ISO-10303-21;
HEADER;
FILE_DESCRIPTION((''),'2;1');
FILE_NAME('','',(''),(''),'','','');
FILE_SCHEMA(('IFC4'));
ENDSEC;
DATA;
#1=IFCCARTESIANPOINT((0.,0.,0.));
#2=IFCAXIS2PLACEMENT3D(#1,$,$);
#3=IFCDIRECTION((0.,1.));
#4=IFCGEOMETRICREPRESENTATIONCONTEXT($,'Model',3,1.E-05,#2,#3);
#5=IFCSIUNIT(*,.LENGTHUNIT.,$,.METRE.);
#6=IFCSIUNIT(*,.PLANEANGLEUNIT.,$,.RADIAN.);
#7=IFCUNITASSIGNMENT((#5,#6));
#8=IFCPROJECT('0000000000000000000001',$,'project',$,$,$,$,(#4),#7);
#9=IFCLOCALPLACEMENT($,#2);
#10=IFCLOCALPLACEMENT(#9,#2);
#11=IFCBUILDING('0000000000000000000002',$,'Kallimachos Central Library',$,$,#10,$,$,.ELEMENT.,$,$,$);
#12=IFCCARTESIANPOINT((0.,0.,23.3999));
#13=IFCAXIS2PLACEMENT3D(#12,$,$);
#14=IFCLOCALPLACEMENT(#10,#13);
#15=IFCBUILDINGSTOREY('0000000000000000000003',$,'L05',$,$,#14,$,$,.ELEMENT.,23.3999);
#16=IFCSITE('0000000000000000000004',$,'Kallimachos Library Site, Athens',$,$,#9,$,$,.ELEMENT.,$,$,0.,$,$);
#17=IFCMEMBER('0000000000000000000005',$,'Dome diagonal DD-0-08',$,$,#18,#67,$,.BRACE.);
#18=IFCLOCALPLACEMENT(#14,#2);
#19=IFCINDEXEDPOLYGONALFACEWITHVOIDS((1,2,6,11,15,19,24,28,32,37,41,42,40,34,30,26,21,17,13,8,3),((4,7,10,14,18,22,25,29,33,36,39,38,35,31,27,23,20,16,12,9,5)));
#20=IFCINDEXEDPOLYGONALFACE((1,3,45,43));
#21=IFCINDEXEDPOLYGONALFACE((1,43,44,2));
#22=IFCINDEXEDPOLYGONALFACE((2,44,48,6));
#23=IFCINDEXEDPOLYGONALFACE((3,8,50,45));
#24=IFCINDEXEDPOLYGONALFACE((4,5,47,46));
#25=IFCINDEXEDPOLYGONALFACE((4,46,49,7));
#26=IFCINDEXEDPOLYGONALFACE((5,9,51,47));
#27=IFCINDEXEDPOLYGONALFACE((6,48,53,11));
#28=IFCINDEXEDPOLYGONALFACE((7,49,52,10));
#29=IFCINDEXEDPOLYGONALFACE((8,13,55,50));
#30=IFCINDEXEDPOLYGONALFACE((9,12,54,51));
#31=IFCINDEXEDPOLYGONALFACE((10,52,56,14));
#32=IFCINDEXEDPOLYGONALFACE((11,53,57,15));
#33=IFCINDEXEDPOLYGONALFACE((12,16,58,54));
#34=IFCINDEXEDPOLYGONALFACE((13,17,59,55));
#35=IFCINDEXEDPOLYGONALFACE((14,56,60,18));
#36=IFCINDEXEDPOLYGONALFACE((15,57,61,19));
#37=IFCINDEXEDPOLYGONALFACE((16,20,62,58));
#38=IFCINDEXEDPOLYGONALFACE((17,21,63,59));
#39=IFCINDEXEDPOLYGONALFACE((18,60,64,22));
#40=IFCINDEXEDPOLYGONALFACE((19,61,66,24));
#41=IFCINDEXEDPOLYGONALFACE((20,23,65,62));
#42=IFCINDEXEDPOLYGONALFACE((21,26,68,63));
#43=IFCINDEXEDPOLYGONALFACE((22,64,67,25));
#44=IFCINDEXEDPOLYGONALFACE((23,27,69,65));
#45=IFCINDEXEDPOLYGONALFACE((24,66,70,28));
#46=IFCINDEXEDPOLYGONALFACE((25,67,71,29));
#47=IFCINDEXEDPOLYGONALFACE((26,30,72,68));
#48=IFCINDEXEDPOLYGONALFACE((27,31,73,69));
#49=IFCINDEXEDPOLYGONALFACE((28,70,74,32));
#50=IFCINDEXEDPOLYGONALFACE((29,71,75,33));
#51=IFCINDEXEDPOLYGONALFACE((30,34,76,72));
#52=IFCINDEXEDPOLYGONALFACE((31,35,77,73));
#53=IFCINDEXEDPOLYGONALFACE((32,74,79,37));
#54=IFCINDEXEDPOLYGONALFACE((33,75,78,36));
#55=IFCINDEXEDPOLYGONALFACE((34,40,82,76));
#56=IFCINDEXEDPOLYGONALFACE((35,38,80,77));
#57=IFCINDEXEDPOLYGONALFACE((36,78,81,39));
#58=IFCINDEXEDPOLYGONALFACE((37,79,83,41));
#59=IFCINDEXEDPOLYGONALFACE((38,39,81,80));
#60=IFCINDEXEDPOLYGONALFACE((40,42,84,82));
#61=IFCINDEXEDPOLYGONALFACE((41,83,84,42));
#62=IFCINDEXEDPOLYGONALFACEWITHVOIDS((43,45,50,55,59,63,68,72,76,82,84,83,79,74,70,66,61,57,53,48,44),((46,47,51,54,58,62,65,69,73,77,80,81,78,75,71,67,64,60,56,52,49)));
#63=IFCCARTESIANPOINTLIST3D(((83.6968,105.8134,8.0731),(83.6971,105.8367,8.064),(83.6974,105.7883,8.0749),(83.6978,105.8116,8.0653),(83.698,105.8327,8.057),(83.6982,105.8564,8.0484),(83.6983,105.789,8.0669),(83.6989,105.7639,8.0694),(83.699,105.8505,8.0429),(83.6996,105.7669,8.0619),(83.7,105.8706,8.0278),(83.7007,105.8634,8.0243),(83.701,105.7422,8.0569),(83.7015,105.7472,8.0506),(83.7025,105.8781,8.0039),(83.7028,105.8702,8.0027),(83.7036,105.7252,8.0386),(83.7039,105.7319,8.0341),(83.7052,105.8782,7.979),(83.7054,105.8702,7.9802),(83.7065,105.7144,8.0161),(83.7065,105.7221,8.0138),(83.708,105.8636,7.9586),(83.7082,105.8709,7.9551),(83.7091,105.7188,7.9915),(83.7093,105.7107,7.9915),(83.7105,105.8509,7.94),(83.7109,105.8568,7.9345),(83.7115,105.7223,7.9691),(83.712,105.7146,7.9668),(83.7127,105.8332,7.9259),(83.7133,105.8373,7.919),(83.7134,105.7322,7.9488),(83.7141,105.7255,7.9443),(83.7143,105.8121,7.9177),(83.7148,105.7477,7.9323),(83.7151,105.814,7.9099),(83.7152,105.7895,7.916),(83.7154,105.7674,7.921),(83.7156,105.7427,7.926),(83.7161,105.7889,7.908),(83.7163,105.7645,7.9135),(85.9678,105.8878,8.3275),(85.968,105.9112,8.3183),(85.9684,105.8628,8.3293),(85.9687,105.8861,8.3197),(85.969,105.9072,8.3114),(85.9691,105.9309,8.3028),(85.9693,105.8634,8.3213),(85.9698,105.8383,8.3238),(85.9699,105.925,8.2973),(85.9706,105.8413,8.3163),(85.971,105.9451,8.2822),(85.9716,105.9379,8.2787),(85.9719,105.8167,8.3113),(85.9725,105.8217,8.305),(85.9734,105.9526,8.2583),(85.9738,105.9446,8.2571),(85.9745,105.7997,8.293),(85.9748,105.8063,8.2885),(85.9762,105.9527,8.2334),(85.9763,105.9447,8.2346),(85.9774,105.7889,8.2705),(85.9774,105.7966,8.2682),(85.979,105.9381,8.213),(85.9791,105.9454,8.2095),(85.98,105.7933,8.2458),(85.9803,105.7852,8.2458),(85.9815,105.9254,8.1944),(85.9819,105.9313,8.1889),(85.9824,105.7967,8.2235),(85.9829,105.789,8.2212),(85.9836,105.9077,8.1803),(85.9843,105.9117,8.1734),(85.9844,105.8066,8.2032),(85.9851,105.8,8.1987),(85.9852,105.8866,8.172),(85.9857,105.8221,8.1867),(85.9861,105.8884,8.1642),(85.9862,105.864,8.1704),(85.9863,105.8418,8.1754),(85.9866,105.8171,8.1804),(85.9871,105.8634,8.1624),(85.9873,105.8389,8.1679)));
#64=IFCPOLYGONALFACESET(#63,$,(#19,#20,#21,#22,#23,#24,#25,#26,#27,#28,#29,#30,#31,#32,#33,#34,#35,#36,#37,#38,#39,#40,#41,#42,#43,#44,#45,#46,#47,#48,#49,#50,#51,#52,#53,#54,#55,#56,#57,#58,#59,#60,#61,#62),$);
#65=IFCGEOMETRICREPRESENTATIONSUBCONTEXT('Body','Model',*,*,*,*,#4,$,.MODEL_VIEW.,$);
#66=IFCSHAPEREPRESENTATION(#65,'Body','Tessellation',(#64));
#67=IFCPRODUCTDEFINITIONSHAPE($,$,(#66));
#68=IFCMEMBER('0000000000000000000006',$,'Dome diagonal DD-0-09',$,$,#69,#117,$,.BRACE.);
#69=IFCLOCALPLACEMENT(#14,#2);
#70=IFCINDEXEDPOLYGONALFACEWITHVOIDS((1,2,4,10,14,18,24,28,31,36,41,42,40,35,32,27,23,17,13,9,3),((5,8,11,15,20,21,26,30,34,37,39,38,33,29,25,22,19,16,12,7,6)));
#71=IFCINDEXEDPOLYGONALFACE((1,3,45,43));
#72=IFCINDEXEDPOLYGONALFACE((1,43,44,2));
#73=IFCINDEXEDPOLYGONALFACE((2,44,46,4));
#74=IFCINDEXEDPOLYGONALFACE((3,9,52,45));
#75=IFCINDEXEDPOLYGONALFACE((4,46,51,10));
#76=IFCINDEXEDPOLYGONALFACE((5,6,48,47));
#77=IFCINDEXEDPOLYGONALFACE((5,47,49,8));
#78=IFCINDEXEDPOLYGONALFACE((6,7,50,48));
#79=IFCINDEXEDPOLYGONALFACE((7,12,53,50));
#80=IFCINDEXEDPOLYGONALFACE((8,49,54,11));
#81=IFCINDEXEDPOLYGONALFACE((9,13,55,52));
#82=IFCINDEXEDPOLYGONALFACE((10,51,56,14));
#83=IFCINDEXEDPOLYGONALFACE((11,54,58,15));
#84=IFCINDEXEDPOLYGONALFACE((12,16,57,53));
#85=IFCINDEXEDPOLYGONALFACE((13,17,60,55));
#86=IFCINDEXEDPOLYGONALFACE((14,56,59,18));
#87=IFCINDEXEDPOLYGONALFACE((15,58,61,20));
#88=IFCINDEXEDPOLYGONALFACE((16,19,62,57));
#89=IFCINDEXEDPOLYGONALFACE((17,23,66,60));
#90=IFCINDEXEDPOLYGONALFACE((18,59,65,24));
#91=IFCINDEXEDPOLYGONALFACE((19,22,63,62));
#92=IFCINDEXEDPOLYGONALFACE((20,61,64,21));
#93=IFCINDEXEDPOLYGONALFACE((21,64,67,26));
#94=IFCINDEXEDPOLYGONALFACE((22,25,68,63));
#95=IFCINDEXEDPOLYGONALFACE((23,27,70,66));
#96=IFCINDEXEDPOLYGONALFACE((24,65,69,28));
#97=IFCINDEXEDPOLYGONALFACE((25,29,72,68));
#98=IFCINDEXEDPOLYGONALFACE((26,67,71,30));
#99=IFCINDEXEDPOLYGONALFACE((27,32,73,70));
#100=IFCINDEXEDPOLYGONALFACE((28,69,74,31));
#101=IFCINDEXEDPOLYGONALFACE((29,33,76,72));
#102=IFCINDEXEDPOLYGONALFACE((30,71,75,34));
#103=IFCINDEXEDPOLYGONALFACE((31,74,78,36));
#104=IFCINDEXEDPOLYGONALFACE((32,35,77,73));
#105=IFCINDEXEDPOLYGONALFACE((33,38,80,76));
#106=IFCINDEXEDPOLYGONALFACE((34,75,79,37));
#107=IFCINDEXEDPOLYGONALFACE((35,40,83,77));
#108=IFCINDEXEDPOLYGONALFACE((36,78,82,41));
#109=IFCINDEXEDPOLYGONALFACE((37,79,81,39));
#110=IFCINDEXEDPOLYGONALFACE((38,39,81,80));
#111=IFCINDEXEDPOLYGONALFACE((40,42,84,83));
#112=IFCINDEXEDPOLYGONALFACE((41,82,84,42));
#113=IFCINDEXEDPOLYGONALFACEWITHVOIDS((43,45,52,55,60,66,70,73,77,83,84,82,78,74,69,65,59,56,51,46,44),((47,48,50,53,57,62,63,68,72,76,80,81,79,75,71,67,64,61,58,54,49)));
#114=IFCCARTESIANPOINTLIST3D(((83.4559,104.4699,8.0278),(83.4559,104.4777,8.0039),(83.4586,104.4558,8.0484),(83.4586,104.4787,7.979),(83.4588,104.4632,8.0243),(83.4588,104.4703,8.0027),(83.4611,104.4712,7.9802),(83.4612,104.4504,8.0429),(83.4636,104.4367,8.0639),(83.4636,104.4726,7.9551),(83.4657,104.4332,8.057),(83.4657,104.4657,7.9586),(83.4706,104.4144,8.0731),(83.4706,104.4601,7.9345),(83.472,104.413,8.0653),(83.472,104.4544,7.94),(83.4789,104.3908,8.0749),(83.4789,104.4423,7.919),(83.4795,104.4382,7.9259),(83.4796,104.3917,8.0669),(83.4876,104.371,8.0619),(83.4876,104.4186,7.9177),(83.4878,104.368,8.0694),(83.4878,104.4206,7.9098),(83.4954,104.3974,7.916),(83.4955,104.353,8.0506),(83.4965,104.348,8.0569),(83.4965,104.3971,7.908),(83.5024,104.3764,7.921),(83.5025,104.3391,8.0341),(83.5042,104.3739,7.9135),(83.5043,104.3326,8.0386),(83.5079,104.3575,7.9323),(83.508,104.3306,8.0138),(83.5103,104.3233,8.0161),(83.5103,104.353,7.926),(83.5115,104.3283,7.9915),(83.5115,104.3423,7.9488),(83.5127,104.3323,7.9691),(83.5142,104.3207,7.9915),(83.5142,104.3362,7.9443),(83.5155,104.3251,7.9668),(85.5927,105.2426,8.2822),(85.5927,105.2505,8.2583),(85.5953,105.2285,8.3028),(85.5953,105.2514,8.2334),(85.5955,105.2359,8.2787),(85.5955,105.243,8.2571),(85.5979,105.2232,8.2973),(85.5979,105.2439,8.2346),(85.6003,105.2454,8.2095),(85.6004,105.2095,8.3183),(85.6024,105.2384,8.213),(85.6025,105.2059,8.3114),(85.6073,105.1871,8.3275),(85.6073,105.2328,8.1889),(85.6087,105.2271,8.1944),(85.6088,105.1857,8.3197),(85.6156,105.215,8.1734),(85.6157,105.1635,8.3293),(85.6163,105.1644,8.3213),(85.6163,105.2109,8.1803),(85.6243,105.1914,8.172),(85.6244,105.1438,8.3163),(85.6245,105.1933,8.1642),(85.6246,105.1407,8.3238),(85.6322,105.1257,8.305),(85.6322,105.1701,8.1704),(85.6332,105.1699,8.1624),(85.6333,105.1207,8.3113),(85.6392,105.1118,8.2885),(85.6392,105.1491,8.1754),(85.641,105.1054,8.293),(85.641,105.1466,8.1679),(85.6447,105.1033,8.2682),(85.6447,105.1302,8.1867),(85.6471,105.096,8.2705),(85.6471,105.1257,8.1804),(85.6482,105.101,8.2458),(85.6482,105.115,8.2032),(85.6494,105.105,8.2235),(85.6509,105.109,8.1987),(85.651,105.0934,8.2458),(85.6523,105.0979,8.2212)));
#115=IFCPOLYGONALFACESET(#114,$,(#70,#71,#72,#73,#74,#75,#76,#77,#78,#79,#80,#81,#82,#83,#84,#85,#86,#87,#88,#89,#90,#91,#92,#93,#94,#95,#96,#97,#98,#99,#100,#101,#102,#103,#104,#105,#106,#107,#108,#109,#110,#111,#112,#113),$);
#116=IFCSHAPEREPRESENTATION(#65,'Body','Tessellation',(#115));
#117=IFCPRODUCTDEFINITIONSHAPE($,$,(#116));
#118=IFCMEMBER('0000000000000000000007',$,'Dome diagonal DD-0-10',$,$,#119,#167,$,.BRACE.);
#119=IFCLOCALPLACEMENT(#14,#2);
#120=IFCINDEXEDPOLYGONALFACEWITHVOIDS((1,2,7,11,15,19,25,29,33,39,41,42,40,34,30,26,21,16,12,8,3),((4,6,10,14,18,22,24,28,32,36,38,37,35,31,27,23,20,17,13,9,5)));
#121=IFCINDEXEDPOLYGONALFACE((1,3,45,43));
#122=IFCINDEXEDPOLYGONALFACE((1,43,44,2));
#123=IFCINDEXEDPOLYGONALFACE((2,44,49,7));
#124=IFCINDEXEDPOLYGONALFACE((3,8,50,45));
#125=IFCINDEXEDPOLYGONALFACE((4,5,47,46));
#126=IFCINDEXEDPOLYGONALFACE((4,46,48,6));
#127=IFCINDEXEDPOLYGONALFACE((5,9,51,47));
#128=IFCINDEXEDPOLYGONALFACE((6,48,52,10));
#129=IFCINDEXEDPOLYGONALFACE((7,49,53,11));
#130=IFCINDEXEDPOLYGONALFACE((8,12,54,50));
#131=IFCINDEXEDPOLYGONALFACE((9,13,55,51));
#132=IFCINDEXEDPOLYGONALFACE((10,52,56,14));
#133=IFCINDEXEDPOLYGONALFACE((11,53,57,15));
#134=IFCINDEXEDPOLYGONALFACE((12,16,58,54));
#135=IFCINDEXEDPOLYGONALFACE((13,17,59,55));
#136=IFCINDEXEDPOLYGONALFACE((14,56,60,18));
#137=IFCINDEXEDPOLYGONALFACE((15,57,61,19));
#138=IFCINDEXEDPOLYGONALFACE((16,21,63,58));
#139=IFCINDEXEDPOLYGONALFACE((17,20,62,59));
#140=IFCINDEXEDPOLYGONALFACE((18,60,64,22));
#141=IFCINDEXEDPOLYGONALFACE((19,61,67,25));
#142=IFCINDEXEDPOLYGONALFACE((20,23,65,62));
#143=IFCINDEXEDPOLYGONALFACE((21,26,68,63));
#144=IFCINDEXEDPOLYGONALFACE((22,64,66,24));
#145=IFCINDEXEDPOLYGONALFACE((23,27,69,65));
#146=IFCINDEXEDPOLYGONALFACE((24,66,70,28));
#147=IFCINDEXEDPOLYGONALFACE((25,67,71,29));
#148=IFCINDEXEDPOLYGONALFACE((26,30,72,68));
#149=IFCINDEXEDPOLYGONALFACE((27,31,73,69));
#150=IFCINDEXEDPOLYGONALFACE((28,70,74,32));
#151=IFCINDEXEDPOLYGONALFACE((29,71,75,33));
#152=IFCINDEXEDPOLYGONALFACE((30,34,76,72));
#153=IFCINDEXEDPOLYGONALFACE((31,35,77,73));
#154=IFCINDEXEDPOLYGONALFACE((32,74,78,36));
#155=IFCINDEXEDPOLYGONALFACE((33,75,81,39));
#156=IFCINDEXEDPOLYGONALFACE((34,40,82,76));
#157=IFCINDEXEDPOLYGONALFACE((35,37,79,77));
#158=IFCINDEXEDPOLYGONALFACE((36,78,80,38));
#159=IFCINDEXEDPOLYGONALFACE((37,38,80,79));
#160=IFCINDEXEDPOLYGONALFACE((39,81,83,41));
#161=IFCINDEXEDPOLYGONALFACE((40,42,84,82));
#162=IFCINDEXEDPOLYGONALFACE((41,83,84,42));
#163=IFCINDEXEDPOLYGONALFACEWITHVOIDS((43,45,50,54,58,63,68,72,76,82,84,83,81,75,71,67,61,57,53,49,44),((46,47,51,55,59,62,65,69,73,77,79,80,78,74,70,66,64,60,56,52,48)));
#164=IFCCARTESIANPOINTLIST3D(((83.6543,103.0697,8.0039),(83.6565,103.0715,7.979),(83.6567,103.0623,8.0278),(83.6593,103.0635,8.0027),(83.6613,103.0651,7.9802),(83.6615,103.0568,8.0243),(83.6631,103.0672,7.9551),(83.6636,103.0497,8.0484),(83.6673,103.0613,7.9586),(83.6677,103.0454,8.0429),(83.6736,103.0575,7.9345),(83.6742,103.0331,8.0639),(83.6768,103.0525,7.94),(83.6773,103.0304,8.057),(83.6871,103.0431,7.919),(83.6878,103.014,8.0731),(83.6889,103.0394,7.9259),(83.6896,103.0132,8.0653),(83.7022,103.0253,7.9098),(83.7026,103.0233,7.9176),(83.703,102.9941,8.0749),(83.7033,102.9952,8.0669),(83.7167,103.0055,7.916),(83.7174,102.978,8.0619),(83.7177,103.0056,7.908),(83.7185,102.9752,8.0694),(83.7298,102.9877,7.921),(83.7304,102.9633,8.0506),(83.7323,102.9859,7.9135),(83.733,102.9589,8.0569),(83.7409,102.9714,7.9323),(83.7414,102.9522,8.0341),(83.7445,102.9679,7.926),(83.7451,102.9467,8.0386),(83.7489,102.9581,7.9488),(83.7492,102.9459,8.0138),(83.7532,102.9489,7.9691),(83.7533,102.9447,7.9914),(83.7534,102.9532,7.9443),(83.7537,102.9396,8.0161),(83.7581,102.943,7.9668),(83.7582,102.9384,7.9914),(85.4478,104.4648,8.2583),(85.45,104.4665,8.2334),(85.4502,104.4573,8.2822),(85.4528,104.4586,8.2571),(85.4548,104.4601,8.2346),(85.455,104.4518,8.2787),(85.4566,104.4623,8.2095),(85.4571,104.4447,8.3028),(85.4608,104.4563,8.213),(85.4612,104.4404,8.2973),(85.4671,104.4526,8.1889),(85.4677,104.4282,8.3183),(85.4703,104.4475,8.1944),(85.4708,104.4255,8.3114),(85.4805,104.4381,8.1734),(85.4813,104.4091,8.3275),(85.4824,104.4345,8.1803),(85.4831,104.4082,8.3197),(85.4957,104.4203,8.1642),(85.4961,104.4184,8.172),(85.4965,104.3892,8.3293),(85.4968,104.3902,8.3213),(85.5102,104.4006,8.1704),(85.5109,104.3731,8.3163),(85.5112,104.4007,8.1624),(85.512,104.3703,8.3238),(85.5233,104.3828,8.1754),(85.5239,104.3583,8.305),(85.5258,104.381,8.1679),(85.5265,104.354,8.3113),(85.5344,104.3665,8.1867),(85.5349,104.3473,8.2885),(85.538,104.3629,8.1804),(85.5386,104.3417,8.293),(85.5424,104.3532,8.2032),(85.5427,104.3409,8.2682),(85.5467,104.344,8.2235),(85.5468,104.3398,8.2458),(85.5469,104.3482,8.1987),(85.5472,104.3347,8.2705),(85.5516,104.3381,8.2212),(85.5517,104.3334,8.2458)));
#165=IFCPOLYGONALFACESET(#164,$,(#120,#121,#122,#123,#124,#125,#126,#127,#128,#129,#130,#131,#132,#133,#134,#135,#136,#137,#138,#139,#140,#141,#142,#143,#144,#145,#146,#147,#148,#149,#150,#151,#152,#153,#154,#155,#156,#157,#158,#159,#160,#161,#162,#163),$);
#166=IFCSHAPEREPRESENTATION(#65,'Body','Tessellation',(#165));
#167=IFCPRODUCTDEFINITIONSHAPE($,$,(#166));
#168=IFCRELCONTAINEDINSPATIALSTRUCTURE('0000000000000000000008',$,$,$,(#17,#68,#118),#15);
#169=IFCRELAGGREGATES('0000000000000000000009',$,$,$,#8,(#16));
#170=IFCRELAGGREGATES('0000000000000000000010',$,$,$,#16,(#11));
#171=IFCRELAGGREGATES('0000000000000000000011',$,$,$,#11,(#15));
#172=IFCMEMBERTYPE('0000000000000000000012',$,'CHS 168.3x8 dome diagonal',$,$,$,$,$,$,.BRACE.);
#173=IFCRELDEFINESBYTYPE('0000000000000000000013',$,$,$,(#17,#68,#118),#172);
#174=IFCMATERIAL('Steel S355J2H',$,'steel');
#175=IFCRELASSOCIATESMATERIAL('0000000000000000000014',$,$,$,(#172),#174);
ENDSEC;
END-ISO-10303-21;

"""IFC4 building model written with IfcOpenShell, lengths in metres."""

from ifc_helpers import new_model, si_unit, direction, frame, origin, origin_2d, place, context, subcontext, project, spatial, hollow_circle, extrude, material, material_profile, profile_set, type_object, element, save


model = new_model("IFC4")

# Units and contexts
model_context = context("Model", 3, precision=1e-05, world=origin(), true_north=direction((0.0, 1.0)))
body_context = subcontext(model_context, "Body", "Model", "MODEL_VIEW")
ifc_project = project(units=[si_unit("LENGTHUNIT", "METRE"), si_unit("PLANEANGLEUNIT", "RADIAN")], contexts=[model_context])

# Site, building, storey
site_placement = place(None, origin())
site = spatial("IfcSite", under=ifc_project, at=site_placement, Name="Kallimachos Library Site, Athens", CompositionType="ELEMENT", RefElevation=0.0)
building_placement = place(site_placement, origin())
building = spatial("IfcBuilding", under=site, at=building_placement, Name="Kallimachos Central Library", CompositionType="ELEMENT")
storey_placement = place(building_placement, frame((0.0, 0.0, 23.3999)))
storey = spatial("IfcBuildingStorey", under=building, at=storey_placement, Name="L05", CompositionType="ELEMENT", Elevation=23.3999)

# Members
ifc_material_1 = material(Name="Steel S355J2H", Category="steel")
ifc_material_profile_1 = material_profile(ifc_material_1, hollow_circle(Radius=0.0842, WallThickness=0.0081, at=origin_2d()), Name="CHS 168.3x8")
ifc_profile_set_1 = profile_set([ifc_material_profile_1], Name="Steel S355J2H")
member_type_1 = type_object("IfcMemberType", Name="CHS 168.3x8 dome diagonal", PredefinedType="BRACE", material=ifc_profile_set_1)
for number, where, z_axis, x_axis, name in (
    (1, (85.9775, 105.8694, 8.2458), (-0.993257, -0.032568, -0.111264), (0.032771, -0.999463, 0.0), "Dome diagonal DD-0-08"),
    (2, (85.6223, 105.1726, 8.2458), (-0.934558, -0.337966, -0.111267), (0.340077, -0.940397, 0.0), "Dome diagonal DD-0-09"),
    (3, (85.5, 104.3999, 8.2458), (-0.784428, -0.610158, -0.111268), (0.61397, -0.789329, 0.0), "Dome diagonal DD-0-10"),
):
    element("IfcMember", number, at=place(storey_placement, frame(where, z_axis=z_axis, x_axis=x_axis)), inside=storey, type_object=member_type_1, Name=name, PredefinedType="BRACE", context=body_context, shape_type="SweptSolid", body=[
        extrude(hollow_circle(Radius=0.0842, WallThickness=0.0081, at=origin_2d()), origin(), (0.0, 0.0, 1.0), 2.2864),
    ])

save(model, "model.ifc")
